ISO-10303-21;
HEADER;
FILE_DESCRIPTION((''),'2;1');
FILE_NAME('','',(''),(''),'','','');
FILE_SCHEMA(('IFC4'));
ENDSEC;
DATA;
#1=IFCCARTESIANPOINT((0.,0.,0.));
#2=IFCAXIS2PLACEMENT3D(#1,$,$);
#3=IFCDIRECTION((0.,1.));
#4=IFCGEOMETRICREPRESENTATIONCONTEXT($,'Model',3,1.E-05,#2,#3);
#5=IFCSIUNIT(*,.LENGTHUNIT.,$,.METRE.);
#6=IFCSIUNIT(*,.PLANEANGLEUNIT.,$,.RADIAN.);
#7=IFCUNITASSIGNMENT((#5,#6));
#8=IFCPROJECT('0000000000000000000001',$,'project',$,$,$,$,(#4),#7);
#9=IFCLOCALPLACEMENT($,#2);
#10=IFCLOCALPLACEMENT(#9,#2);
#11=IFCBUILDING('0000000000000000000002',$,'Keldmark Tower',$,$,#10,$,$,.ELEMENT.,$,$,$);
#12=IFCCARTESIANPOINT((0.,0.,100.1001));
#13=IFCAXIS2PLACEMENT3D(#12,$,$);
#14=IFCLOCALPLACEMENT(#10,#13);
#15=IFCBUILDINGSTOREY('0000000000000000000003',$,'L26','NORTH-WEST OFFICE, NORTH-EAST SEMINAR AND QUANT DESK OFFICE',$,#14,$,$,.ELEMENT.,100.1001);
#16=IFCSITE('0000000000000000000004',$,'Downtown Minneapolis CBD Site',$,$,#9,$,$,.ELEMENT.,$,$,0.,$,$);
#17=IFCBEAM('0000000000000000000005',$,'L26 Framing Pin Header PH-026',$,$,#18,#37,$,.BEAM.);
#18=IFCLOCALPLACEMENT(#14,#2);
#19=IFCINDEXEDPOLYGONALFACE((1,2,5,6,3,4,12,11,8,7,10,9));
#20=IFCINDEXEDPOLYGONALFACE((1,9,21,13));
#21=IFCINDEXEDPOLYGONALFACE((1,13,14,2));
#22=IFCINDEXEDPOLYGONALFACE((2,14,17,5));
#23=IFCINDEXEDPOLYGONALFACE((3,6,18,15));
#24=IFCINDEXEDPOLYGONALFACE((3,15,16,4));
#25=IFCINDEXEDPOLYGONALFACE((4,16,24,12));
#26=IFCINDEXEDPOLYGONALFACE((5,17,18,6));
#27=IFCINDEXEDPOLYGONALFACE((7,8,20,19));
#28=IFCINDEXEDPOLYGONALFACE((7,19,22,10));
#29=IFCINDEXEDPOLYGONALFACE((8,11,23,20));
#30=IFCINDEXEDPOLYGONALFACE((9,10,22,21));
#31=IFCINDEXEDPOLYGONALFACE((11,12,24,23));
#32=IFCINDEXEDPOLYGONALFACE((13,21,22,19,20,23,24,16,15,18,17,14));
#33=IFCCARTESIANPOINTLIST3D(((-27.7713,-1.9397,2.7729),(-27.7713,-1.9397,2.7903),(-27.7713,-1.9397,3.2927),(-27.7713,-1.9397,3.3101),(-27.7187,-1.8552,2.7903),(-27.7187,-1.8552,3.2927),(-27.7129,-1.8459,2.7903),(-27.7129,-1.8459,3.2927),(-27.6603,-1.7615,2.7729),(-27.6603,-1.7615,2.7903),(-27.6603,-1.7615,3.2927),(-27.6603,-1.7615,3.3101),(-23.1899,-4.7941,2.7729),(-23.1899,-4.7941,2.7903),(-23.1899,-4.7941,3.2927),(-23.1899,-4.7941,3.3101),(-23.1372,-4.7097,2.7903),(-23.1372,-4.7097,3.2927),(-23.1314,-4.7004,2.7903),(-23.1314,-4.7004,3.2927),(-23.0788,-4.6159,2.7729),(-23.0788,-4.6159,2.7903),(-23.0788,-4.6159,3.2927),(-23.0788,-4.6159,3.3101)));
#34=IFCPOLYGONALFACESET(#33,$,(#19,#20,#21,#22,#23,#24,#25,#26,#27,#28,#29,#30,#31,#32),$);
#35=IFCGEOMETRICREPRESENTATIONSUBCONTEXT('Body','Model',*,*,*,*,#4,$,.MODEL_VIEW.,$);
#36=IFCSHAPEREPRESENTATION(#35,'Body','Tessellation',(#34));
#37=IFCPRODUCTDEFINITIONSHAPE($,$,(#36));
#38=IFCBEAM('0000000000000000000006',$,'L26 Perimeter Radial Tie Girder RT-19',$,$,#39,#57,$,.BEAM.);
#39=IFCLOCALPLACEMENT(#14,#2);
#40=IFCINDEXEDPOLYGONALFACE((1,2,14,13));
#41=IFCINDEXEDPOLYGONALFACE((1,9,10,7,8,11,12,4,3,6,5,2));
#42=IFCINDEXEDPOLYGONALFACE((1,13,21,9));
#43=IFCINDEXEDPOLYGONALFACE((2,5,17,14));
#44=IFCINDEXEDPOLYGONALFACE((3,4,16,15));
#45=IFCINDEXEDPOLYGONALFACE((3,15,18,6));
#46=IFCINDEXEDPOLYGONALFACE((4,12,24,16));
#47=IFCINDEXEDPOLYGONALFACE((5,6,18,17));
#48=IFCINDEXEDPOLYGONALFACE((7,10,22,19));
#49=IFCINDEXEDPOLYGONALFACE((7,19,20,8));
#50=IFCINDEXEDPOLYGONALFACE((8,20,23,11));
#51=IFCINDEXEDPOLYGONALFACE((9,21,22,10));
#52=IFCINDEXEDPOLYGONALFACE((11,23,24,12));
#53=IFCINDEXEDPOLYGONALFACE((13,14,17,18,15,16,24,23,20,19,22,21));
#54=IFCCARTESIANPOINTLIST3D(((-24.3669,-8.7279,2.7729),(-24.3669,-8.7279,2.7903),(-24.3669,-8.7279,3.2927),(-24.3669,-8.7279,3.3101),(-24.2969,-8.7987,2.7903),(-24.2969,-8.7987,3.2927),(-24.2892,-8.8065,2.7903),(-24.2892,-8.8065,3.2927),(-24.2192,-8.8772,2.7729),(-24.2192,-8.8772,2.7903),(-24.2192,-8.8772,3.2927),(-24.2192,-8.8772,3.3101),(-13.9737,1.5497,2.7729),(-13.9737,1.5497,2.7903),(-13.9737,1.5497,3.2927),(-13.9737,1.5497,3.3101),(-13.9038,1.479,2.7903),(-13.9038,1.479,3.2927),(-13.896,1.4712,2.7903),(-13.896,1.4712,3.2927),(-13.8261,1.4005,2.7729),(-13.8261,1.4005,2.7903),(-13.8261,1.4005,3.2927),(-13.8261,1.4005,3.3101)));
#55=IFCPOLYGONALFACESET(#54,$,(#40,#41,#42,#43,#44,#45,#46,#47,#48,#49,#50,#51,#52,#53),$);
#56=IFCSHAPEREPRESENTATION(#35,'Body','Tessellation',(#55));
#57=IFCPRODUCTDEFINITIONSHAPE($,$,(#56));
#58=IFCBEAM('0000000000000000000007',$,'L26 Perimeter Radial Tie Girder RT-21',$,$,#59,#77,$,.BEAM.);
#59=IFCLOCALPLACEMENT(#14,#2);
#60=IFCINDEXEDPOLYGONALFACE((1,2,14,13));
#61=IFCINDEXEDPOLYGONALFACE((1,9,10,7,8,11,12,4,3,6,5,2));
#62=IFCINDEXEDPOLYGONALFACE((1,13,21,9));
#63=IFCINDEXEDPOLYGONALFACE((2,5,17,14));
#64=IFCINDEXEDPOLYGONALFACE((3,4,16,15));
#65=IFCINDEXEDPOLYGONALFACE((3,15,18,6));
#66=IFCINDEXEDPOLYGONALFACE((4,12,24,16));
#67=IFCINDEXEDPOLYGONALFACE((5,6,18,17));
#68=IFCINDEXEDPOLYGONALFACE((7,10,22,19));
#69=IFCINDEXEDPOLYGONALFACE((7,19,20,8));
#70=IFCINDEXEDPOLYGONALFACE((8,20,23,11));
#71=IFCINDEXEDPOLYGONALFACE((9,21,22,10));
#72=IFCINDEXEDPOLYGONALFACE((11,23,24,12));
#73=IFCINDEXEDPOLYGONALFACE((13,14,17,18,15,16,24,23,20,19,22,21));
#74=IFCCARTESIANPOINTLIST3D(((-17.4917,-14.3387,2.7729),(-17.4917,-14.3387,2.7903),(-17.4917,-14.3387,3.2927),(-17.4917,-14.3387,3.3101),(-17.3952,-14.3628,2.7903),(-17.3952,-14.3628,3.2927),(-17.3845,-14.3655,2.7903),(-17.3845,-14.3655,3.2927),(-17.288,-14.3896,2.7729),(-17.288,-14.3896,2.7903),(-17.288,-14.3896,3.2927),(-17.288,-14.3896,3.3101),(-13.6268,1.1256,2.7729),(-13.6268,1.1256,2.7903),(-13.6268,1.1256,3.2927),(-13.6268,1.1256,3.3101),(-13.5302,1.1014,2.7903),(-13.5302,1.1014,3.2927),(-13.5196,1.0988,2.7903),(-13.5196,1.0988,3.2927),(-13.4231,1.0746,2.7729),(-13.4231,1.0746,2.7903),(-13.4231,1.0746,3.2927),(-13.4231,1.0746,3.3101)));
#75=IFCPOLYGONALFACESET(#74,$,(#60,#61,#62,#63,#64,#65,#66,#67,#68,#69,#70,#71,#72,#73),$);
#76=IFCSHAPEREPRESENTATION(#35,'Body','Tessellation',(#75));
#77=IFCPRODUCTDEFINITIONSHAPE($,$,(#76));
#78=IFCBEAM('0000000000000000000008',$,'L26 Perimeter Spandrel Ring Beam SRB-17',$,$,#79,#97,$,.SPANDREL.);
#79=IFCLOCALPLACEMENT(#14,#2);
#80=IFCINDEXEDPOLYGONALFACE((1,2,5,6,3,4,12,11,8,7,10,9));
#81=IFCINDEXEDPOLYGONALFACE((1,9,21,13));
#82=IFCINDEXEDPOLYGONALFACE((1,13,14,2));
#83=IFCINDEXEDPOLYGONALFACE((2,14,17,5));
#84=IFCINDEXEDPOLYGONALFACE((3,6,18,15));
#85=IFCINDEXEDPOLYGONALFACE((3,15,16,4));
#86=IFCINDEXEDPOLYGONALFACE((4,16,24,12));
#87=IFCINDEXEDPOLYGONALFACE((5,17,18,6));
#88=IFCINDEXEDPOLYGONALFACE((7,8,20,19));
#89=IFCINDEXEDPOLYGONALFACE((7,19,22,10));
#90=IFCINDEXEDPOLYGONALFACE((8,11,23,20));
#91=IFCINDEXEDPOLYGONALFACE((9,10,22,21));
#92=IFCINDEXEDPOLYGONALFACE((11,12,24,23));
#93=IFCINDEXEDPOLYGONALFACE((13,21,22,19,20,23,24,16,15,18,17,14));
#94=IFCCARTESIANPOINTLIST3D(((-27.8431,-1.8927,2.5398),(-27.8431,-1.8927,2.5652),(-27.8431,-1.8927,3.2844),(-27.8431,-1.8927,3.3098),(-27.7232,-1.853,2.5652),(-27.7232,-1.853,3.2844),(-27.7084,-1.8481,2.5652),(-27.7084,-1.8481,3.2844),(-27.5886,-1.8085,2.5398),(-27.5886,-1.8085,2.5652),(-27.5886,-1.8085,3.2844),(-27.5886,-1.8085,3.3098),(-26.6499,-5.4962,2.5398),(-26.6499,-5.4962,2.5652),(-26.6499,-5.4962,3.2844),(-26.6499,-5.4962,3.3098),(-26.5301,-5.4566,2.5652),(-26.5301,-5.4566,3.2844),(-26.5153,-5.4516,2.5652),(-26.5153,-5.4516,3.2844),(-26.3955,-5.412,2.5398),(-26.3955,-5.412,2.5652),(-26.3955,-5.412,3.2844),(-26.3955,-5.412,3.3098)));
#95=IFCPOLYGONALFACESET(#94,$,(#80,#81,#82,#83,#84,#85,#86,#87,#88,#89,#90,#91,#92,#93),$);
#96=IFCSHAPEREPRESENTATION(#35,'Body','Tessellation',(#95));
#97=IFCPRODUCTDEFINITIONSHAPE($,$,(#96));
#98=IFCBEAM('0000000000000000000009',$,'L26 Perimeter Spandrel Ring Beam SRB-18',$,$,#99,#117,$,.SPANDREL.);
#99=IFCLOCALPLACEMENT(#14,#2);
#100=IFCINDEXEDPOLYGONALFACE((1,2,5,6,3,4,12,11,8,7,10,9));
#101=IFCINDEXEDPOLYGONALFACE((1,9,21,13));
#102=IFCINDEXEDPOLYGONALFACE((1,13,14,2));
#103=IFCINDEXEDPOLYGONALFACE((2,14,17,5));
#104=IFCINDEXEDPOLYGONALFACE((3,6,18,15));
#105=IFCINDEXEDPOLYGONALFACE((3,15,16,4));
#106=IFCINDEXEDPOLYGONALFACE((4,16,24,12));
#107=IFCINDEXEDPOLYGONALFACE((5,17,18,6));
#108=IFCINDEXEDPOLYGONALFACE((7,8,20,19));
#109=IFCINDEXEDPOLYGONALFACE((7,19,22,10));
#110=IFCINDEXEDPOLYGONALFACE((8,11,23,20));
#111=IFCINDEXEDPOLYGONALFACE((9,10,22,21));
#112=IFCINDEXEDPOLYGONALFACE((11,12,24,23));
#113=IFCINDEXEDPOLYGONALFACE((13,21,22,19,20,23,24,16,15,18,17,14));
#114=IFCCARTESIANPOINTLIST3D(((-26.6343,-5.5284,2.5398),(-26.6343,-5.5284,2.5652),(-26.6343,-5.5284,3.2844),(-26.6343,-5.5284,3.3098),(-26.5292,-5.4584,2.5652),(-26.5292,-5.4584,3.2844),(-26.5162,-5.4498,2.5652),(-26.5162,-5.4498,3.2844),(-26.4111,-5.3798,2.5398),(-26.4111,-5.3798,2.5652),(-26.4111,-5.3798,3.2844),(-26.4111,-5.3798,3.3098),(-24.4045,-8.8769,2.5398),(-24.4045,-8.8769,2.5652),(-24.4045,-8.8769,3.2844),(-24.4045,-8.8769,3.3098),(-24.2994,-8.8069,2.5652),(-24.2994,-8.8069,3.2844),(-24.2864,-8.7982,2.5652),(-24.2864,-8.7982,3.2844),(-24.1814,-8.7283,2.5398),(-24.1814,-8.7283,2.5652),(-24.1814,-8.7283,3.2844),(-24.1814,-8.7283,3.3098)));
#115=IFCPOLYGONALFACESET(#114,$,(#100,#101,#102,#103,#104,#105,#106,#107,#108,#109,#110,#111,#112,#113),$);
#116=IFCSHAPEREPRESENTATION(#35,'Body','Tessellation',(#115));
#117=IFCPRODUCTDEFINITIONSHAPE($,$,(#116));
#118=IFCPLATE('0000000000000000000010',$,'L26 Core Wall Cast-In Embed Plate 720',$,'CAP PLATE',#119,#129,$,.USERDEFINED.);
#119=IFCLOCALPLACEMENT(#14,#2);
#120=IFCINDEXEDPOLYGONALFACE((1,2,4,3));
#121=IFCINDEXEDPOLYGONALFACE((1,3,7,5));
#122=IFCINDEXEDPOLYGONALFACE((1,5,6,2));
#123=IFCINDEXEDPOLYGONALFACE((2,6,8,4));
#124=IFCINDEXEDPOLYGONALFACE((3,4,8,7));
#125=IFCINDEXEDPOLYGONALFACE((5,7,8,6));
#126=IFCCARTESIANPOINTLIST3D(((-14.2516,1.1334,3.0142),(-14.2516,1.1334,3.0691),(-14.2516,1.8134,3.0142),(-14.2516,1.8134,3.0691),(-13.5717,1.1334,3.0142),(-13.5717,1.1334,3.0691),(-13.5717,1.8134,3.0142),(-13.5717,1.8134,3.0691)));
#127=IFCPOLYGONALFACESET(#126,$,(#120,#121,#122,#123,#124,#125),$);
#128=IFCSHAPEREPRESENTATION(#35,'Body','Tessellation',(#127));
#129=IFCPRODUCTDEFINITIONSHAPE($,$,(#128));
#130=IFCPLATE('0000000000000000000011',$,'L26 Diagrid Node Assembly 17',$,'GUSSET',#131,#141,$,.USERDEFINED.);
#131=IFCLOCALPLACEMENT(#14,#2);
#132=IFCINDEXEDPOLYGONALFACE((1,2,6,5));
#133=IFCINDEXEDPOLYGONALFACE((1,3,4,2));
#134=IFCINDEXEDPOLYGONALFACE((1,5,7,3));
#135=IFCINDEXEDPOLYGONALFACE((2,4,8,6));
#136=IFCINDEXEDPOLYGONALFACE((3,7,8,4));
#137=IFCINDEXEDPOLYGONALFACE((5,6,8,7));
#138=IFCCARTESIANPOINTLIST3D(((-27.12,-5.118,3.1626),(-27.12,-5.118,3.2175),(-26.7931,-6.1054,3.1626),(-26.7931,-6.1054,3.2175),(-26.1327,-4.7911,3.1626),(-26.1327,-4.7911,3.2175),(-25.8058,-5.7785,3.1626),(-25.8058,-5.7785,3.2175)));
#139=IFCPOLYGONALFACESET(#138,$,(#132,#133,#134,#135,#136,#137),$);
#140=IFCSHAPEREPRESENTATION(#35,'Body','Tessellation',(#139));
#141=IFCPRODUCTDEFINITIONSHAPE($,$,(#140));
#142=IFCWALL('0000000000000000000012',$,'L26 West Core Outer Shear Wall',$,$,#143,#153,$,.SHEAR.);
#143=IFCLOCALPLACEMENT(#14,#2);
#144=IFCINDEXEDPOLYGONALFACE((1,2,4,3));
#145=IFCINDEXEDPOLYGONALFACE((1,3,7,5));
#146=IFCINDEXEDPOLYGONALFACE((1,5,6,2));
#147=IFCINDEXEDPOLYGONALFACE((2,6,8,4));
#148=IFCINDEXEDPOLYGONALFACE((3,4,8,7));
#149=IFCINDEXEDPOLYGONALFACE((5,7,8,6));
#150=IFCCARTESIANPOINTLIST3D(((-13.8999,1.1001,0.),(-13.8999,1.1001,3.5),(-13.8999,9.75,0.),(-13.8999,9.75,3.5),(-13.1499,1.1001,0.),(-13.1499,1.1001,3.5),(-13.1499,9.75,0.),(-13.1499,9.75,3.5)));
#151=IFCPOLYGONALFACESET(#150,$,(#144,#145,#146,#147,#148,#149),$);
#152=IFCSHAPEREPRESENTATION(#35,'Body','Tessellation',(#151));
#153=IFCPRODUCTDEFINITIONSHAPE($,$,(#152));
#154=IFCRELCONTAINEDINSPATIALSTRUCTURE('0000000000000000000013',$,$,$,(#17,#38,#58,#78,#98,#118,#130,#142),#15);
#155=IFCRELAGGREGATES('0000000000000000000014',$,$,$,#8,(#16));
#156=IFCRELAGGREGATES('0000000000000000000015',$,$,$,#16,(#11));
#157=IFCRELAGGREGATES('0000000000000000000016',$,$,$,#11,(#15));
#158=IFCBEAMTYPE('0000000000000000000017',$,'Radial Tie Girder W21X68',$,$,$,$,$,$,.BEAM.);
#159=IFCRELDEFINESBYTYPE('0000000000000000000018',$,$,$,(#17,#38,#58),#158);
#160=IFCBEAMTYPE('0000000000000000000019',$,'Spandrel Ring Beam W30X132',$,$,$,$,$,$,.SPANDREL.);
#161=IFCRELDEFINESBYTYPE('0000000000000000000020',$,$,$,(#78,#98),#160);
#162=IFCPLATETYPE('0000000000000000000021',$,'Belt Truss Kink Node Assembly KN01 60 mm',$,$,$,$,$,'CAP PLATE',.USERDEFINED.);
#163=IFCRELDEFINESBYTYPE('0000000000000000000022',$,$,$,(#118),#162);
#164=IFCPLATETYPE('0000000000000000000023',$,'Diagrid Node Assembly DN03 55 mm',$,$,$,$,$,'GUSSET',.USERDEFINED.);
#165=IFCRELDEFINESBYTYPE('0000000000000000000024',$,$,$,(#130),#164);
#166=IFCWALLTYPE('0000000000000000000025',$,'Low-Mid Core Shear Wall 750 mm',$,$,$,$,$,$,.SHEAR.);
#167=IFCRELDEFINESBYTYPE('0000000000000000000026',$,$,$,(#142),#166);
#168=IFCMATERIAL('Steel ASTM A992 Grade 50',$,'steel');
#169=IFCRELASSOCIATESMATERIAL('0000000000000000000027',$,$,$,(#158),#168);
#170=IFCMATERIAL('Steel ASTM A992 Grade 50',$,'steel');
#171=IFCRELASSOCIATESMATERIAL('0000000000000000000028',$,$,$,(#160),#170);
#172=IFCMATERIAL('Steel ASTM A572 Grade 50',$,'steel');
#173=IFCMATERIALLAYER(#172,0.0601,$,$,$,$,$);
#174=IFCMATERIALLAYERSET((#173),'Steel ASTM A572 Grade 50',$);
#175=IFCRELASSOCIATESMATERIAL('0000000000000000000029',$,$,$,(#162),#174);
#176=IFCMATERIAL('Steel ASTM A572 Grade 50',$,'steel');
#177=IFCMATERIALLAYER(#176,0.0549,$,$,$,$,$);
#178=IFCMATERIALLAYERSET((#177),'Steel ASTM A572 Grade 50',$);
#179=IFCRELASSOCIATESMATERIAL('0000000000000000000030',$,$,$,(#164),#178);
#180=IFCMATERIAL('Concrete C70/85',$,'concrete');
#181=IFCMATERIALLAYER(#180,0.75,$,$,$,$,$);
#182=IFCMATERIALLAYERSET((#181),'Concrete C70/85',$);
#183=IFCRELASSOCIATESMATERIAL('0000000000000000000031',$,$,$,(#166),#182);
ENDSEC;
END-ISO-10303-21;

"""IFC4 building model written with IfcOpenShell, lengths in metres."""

from ifc_helpers import new_model, si_unit, direction, frame, frame_2d, origin, origin_2d, place, context, subcontext, project, spatial, rectangle, i_section, extrude, material, layer, layer_set, material_profile, profile_set, type_object, element, save


model = new_model("IFC4")

# Units and contexts
model_context = context("Model", 3, precision=1e-05, world=origin(), true_north=direction((0.0, 1.0)))
body_context = subcontext(model_context, "Body", "Model", "MODEL_VIEW")
ifc_project = project(units=[si_unit("LENGTHUNIT", "METRE"), si_unit("PLANEANGLEUNIT", "RADIAN")], contexts=[model_context])

# Site, building, storey
site_placement = place(None, origin())
site = spatial("IfcSite", under=ifc_project, at=site_placement, Name="Downtown Minneapolis CBD Site", CompositionType="ELEMENT", RefElevation=0.0)
building_placement = place(site_placement, origin())
building = spatial("IfcBuilding", under=site, at=building_placement, Name="Keldmark Tower", CompositionType="ELEMENT")
storey_placement = place(building_placement, frame((0.0, 0.0, 100.1001)))
storey = spatial("IfcBuildingStorey", under=building, at=storey_placement, Name="L26", Description="NORTH-WEST OFFICE, NORTH-EAST SEMINAR AND QUANT DESK OFFICE", CompositionType="ELEMENT", Elevation=100.1001)

# Beams
ifc_material_1 = material(Name="Steel ASTM A992 Grade 50", Category="steel")
ifc_material_profile_1 = material_profile(ifc_material_1, i_section(OverallWidth=0.21, OverallDepth=0.5371, WebThickness=0.011, FlangeThickness=0.0173, at=origin_2d()), Name="W21X68")
ifc_profile_set_1 = profile_set([ifc_material_profile_1], Name="Steel ASTM A992 Grade 50")
beam_type_1 = type_object("IfcBeamType", Name="Radial Tie Girder W21X68", PredefinedType="BEAM", material=ifc_profile_set_1)
beam_1_placement = place(storey_placement, frame((-27.7158, -1.8506, 3.0415), z_axis=(0.848744, -0.528803, 0.0), x_axis=(0.528803, 0.848744, 0.0)))
element("IfcBeam", 1, at=beam_1_placement, inside=storey, type_object=beam_type_1, Name="L26 Framing Pin Header PH-026", PredefinedType="BEAM", context=body_context, shape_type="SweptSolid", body=[
    extrude(i_section(OverallWidth=0.21, OverallDepth=0.5371, WebThickness=0.011, FlangeThickness=0.0173, at=origin_2d()), origin(), (0.0, 0.0, 1.0), 5.3979),
])
beam_2_placement = place(storey_placement, frame((-13.8999, 1.4751, 3.0415), z_axis=(-0.711046, -0.703145, 0.0), x_axis=(0.703145, -0.711046, 0.0)))
element("IfcBeam", 2, at=beam_2_placement, inside=storey, type_object=beam_type_1, Name="L26 Perimeter Radial Tie Girder RT-19", PredefinedType="BEAM", context=body_context, shape_type="SweptSolid", body=[
    extrude(i_section(OverallWidth=0.21, OverallDepth=0.5371, WebThickness=0.011, FlangeThickness=0.0173, at=origin_2d()), origin(), (0.0, 0.0, 1.0), 14.6167),
])
beam_3_placement = place(storey_placement, frame((-13.5249, 1.1001, 3.0415), z_axis=(-0.242471, -0.970159, 0.0), x_axis=(0.970159, -0.242471, 0.0)))
element("IfcBeam", 3, at=beam_3_placement, inside=storey, type_object=beam_type_1, Name="L26 Perimeter Radial Tie Girder RT-21", PredefinedType="BEAM", context=body_context, shape_type="SweptSolid", body=[
    extrude(i_section(OverallWidth=0.21, OverallDepth=0.5371, WebThickness=0.011, FlangeThickness=0.0173, at=origin_2d()), origin(), (0.0, 0.0, 1.0), 15.9399),
])
ifc_material_2 = material(Name="Steel ASTM A992 Grade 50", Category="steel")
ifc_material_profile_2 = material_profile(ifc_material_2, i_section(OverallWidth=0.2681, OverallDepth=0.77, WebThickness=0.0156, FlangeThickness=0.0254, at=origin_2d()), Name="W30X132")
ifc_profile_set_2 = profile_set([ifc_material_profile_2], Name="Steel ASTM A992 Grade 50")
beam_type_2 = type_object("IfcBeamType", Name="Spandrel Ring Beam W30X132", PredefinedType="SPANDREL", material=ifc_profile_set_2)
beam_4_placement = place(storey_placement, frame((-27.7158, -1.8506, 2.9248), z_axis=(0.314317, -0.949318, 0.0), x_axis=(0.949318, 0.314317, 0.0)))
element("IfcBeam", 4, at=beam_4_placement, inside=storey, type_object=beam_type_2, Name="L26 Perimeter Spandrel Ring Beam SRB-17", PredefinedType="SPANDREL", context=body_context, shape_type="SweptSolid", body=[
    extrude(i_section(OverallWidth=0.2681, OverallDepth=0.77, WebThickness=0.0156, FlangeThickness=0.0254, at=origin_2d()), origin(), (0.0, 0.0, 1.0), 3.7959),
])
beam_5_placement = place(storey_placement, frame((-26.5227, -5.4541, 2.9248), z_axis=(0.554266, -0.83234, 0.0), x_axis=(0.83234, 0.554266, 0.0)))
element("IfcBeam", 5, at=beam_5_placement, inside=storey, type_object=beam_type_2, Name="L26 Perimeter Spandrel Ring Beam SRB-18", PredefinedType="SPANDREL", context=body_context, shape_type="SweptSolid", body=[
    extrude(i_section(OverallWidth=0.2681, OverallDepth=0.77, WebThickness=0.0156, FlangeThickness=0.0254, at=origin_2d()), origin(), (0.0, 0.0, 1.0), 4.0229),
])

# Plates
ifc_material_3 = material(Name="Steel ASTM A572 Grade 50", Category="steel")
ifc_layer_1 = layer(ifc_material_3, 0.0601)
ifc_layer_set_1 = layer_set([ifc_layer_1], Name="Steel ASTM A572 Grade 50")
plate_type_1 = type_object("IfcPlateType", Name="Belt Truss Kink Node Assembly KN01 60 mm", ElementType="CAP PLATE", PredefinedType="USERDEFINED", material=ifc_layer_set_1)
plate_1_placement = place(storey_placement, frame((-13.9116, 1.4734, 3.0142), z_axis=(0.0, 0.0, 1.0), x_axis=(1.0, 0.0, 0.0)))
element("IfcPlate", 6, at=plate_1_placement, inside=storey, type_object=plate_type_1, Name="L26 Core Wall Cast-In Embed Plate 720", ObjectType="CAP PLATE", PredefinedType="USERDEFINED", context=body_context, shape_type="SweptSolid", body=[
    extrude(rectangle(XDim=0.6799, YDim=0.6799, at=origin_2d()), origin(), (0.0, 0.0, 1.0), 0.0549),
])
ifc_material_4 = material(Name="Steel ASTM A572 Grade 50", Category="steel")
ifc_layer_2 = layer(ifc_material_4, 0.0549)
ifc_layer_set_2 = layer_set([ifc_layer_2], Name="Steel ASTM A572 Grade 50")
plate_type_2 = type_object("IfcPlateType", Name="Diagrid Node Assembly DN03 55 mm", ElementType="GUSSET", PredefinedType="USERDEFINED", material=ifc_layer_set_2)
plate_2_placement = place(storey_placement, frame((-26.4629, -5.4482, 3.1626), z_axis=(0.0, 0.0, 1.0), x_axis=(0.314324, -0.949316, 0.0)))
element("IfcPlate", 7, at=plate_2_placement, inside=storey, type_object=plate_type_2, Name="L26 Diagrid Node Assembly 17", ObjectType="GUSSET", PredefinedType="USERDEFINED", context=body_context, shape_type="SweptSolid", body=[
    extrude(rectangle(XDim=1.04, YDim=1.04, at=origin_2d()), origin(), (0.0, 0.0, 1.0), 0.0549),
])

# Wall
ifc_material_5 = material(Name="Concrete C70/85", Category="concrete")
ifc_layer_3 = layer(ifc_material_5, 0.75)
ifc_layer_set_3 = layer_set([ifc_layer_3], Name="Concrete C70/85")
wall_type_1 = type_object("IfcWallType", Name="Low-Mid Core Shear Wall 750 mm", PredefinedType="SHEAR", material=ifc_layer_set_3)
wall_1_placement = place(storey_placement, frame((-13.5249, 1.1001, 0.0), z_axis=(0.0, 0.0, 1.0), x_axis=(0.0, 1.0, 0.0)))
element("IfcWall", 8, at=wall_1_placement, inside=storey, type_object=wall_type_1, Name="L26 West Core Outer Shear Wall", PredefinedType="SHEAR", context=body_context, shape_type="SweptSolid", body=[
    extrude(rectangle(XDim=8.6499, YDim=0.75, at=frame_2d((4.325, 0.0))), origin(), (0.0, 0.0, 1.0), 3.5),
])

save(model, "model.ifc")
